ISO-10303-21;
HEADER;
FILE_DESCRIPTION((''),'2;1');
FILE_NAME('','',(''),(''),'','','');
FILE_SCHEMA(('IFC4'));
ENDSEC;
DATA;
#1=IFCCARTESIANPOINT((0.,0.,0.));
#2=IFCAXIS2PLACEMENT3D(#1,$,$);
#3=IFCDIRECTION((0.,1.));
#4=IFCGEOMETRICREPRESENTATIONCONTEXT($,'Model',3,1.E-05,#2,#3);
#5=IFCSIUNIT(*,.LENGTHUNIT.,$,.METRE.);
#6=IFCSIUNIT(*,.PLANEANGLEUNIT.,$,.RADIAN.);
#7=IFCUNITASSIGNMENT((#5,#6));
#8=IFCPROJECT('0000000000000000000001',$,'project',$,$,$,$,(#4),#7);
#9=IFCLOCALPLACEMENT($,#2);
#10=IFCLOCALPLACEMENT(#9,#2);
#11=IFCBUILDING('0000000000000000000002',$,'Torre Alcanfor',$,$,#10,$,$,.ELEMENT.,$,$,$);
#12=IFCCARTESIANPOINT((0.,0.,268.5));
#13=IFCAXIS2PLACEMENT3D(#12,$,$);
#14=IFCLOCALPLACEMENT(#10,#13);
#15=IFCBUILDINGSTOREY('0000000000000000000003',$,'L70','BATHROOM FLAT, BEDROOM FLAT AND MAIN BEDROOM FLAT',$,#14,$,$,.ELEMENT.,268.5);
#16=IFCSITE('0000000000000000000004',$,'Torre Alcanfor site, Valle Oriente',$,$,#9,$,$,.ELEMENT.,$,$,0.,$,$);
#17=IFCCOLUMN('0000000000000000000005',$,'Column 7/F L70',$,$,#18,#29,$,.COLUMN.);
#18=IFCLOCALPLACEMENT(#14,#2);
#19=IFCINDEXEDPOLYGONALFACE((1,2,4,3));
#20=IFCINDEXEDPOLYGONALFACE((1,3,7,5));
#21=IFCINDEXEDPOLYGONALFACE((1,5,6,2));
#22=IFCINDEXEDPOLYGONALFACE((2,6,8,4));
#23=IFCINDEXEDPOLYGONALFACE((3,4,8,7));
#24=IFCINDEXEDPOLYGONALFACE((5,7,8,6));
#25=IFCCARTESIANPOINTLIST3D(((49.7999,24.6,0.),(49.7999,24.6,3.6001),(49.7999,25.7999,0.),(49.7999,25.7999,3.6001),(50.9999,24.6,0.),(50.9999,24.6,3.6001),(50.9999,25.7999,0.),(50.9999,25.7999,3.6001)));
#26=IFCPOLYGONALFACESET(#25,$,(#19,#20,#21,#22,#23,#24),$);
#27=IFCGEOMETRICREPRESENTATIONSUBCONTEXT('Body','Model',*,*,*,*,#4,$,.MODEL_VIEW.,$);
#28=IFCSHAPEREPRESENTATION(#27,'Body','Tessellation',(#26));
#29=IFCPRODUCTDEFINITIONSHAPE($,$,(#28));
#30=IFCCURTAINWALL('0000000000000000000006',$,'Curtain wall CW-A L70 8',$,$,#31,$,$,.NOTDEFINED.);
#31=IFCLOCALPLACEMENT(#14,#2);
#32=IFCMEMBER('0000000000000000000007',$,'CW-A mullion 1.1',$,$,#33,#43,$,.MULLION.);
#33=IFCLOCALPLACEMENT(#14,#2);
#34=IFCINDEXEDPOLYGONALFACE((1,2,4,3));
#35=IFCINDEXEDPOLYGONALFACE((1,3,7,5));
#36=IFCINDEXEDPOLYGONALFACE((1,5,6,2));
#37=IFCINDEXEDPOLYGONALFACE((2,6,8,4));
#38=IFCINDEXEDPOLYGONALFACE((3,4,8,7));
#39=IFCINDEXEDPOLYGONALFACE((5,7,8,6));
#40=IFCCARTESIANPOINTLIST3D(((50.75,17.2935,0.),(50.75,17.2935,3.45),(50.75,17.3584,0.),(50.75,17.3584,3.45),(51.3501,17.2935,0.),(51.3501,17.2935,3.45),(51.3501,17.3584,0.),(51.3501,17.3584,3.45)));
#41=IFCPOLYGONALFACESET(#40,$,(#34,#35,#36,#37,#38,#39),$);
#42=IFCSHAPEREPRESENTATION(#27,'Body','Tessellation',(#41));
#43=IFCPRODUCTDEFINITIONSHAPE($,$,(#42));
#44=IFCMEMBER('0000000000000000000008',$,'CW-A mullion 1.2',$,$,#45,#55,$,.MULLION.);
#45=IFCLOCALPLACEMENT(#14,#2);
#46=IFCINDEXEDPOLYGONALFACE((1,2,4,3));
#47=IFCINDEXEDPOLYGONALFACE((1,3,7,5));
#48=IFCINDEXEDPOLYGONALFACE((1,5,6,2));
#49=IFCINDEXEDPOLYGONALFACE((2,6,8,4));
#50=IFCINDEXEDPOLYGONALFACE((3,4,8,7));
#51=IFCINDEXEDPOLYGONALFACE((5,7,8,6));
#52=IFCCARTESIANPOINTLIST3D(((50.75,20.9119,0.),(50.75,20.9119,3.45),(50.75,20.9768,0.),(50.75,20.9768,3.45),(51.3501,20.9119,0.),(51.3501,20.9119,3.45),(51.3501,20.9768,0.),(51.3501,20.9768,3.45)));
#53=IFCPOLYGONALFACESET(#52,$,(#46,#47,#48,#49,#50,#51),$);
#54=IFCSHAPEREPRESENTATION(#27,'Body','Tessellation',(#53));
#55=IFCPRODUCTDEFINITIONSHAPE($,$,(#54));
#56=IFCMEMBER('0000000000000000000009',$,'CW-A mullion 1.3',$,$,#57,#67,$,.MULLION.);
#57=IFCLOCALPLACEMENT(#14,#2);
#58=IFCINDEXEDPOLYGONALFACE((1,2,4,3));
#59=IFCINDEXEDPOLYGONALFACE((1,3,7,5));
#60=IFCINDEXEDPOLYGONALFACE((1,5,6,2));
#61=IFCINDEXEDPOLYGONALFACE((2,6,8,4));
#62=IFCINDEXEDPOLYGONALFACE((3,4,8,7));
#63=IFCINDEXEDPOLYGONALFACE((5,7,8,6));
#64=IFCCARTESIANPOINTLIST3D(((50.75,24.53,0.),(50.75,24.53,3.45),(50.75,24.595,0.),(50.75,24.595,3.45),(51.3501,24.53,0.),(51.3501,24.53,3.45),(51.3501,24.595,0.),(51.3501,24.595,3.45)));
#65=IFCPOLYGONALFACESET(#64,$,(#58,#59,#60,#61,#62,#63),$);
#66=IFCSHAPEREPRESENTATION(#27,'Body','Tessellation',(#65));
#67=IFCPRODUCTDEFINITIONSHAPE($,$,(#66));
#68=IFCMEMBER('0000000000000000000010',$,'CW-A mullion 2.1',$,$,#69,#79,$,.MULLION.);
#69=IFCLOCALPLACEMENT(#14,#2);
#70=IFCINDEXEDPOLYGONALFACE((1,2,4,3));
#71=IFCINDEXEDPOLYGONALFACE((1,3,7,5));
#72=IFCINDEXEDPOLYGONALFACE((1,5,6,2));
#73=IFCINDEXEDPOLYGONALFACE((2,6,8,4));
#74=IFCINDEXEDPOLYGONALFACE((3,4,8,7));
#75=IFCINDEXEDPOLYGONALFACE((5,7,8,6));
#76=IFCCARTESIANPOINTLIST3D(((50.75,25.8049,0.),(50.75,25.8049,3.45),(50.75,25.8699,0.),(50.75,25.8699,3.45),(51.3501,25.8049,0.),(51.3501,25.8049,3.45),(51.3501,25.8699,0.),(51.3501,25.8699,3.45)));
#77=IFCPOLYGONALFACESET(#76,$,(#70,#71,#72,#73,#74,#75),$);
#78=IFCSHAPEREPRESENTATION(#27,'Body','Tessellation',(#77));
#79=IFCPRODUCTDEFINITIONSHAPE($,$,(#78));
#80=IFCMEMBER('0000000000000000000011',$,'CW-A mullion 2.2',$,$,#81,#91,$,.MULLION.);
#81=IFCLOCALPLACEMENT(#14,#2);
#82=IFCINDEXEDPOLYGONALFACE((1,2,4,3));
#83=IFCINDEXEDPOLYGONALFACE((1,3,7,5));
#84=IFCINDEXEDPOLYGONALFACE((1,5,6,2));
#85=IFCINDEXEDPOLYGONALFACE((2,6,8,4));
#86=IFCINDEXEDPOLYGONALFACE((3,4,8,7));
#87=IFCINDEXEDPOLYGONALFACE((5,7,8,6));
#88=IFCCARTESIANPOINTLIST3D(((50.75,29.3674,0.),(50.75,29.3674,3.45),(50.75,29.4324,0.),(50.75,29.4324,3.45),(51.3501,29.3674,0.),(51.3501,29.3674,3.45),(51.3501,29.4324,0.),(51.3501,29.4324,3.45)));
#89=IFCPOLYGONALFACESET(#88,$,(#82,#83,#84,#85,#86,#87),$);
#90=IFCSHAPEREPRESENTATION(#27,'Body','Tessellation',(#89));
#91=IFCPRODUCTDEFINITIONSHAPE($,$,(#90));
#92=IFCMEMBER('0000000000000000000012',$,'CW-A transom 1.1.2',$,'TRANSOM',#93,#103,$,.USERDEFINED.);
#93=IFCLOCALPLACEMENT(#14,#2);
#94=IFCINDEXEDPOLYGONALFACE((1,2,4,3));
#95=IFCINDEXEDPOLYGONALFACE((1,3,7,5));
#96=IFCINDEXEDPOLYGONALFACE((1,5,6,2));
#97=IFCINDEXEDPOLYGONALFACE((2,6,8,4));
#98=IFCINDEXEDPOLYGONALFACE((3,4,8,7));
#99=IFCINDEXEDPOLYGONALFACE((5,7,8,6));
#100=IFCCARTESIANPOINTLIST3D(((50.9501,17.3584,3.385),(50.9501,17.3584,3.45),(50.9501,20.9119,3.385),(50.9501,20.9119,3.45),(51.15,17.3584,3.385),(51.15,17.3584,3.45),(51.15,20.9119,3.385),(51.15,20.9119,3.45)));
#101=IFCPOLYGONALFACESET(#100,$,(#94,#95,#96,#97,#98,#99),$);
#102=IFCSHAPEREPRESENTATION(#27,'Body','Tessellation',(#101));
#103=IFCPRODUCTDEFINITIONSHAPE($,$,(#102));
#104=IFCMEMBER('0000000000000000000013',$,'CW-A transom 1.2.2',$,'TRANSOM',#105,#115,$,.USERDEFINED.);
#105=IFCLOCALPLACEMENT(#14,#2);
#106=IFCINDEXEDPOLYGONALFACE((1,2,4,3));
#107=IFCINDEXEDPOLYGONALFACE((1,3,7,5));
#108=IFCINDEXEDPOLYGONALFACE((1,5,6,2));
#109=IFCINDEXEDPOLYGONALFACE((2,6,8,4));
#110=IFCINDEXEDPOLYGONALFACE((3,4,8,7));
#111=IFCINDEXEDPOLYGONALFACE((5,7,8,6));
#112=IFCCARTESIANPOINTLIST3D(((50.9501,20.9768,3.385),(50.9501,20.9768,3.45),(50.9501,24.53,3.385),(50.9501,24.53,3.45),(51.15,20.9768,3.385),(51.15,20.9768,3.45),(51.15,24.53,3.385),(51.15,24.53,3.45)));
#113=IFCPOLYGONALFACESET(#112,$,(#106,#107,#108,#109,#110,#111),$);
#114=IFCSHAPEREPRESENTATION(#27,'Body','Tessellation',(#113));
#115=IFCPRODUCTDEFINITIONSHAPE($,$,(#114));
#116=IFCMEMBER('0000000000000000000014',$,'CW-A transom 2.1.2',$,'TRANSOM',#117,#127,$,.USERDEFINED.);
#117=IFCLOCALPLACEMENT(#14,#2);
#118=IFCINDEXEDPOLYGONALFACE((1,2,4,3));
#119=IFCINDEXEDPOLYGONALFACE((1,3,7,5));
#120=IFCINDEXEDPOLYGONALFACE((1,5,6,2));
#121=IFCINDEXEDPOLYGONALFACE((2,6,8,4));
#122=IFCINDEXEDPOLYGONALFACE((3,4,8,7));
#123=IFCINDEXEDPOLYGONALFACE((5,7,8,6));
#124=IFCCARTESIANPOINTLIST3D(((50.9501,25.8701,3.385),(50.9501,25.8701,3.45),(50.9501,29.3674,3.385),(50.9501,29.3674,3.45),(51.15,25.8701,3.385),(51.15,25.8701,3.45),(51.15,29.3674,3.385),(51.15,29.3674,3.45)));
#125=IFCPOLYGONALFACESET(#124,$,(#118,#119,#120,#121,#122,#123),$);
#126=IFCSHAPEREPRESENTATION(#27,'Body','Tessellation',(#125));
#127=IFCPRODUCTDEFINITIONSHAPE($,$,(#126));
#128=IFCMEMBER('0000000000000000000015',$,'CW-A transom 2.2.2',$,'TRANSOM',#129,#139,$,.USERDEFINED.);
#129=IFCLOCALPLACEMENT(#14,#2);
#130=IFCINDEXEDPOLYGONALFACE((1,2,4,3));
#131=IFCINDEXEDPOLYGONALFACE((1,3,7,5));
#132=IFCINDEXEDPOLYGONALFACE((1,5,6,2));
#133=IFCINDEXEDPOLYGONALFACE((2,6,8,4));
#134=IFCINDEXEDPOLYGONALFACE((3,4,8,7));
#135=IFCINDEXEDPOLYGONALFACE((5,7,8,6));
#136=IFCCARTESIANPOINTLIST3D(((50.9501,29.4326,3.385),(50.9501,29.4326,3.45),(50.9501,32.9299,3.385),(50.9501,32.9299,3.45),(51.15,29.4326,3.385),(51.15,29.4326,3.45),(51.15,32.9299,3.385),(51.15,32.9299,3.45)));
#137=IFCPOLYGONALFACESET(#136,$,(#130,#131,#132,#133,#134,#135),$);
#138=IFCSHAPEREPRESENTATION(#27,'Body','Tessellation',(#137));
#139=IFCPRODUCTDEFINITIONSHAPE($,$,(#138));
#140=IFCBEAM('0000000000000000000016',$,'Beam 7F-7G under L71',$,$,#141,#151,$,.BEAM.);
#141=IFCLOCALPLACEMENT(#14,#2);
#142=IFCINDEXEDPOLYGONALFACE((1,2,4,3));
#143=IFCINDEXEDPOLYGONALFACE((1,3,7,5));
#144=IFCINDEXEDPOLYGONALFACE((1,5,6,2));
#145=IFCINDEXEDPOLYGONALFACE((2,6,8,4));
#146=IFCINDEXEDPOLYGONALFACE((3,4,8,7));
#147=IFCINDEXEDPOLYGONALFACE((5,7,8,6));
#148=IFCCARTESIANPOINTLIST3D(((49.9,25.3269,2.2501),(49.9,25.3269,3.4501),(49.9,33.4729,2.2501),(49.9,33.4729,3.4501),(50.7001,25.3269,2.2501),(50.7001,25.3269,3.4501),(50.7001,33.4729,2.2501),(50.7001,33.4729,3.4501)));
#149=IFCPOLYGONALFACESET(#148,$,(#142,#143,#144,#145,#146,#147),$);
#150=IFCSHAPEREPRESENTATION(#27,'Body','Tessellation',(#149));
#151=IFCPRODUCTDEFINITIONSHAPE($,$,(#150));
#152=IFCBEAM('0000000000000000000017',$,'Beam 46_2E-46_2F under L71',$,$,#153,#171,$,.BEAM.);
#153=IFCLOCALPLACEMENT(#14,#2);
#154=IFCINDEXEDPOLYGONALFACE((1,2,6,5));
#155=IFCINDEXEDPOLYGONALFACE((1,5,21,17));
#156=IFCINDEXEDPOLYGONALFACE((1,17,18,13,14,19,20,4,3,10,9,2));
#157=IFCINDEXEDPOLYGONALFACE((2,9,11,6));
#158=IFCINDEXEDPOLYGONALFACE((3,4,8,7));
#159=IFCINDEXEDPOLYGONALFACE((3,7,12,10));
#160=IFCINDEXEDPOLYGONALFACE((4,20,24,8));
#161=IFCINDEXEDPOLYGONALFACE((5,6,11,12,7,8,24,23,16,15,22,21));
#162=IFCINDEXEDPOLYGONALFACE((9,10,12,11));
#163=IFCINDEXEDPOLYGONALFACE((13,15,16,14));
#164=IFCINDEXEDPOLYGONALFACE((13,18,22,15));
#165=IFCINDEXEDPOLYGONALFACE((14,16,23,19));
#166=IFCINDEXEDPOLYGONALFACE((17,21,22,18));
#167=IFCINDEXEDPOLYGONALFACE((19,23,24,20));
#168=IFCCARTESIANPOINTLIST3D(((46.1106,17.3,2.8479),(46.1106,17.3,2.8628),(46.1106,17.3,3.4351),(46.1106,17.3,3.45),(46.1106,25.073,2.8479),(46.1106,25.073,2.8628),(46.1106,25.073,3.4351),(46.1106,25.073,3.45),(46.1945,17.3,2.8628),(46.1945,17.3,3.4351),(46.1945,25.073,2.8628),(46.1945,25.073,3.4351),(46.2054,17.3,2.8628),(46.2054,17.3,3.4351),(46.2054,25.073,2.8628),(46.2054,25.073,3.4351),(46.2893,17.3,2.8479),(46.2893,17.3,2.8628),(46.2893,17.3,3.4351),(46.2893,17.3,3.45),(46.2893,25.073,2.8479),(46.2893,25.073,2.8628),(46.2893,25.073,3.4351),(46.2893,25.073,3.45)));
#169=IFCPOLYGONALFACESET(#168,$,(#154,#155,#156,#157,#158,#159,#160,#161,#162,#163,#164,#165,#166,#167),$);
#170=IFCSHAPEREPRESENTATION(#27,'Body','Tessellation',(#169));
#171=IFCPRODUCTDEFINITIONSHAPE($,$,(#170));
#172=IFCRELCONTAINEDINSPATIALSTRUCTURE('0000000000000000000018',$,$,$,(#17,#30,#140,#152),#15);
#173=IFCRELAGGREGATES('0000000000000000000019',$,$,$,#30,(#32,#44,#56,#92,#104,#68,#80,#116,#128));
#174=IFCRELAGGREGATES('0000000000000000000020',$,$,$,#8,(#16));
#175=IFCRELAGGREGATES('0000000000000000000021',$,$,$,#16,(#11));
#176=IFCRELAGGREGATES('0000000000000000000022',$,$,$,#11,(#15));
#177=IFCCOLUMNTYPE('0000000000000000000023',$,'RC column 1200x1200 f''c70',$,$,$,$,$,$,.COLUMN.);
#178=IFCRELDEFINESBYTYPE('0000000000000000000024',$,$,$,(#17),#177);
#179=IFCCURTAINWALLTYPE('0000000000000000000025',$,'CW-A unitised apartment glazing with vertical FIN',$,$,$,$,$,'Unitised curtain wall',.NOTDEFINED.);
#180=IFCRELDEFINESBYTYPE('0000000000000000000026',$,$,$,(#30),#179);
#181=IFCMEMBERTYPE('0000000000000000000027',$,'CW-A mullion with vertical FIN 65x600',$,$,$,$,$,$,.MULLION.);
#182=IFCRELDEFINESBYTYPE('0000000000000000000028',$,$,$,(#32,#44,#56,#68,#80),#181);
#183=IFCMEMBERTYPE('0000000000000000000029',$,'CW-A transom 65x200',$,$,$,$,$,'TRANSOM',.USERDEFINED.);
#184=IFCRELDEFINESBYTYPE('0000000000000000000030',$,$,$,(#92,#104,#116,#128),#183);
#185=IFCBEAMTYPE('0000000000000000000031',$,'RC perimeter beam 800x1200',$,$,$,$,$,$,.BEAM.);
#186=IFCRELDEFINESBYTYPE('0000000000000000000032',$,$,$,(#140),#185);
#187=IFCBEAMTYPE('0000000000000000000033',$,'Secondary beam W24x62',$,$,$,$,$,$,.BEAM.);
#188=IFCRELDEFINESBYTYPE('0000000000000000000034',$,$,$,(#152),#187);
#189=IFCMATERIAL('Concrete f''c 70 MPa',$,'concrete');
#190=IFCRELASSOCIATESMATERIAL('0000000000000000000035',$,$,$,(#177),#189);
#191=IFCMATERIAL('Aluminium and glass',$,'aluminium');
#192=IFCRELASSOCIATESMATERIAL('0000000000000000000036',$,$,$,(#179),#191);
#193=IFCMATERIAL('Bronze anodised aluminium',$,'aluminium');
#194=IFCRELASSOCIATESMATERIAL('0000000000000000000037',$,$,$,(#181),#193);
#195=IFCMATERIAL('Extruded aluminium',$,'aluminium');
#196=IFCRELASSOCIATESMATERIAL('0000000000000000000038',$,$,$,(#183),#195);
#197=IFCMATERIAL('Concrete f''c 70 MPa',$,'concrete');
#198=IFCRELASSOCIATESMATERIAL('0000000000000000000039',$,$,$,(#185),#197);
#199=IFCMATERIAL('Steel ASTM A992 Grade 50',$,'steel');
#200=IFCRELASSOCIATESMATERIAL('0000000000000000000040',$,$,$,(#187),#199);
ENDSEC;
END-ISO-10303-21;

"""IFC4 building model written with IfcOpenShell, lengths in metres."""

from ifc_helpers import new_model, si_unit, direction, frame, origin, origin_2d, place, context, subcontext, project, spatial, rectangle, i_section, extrude, material, material_profile, profile_set, type_object, element, aggregate, save


model = new_model("IFC4")

# Units and contexts
model_context = context("Model", 3, precision=1e-05, world=origin(), true_north=direction((0.0, 1.0)))
body_context = subcontext(model_context, "Body", "Model", "MODEL_VIEW")
ifc_project = project(units=[si_unit("LENGTHUNIT", "METRE"), si_unit("PLANEANGLEUNIT", "RADIAN")], contexts=[model_context])

# Site, building, storey
site_placement = place(None, origin())
site = spatial("IfcSite", under=ifc_project, at=site_placement, Name="Torre Alcanfor site, Valle Oriente", CompositionType="ELEMENT", RefElevation=0.0)
building_placement = place(site_placement, origin())
building = spatial("IfcBuilding", under=site, at=building_placement, Name="Torre Alcanfor", CompositionType="ELEMENT")
storey_placement = place(building_placement, frame((0.0, 0.0, 268.5)))
storey = spatial("IfcBuildingStorey", under=building, at=storey_placement, Name="L70", Description="BATHROOM FLAT, BEDROOM FLAT AND MAIN BEDROOM FLAT", CompositionType="ELEMENT", Elevation=268.5)

# Column
ifc_material_1 = material(Name="Concrete f'c 70 MPa", Category="concrete")
ifc_material_profile_1 = material_profile(ifc_material_1, rectangle(XDim=1.2, YDim=1.2, at=origin_2d()), Name="1200x1200")
ifc_profile_set_1 = profile_set([ifc_material_profile_1], Name="Concrete f'c 70 MPa")
column_type = type_object("IfcColumnType", Name="RC column 1200x1200 f'c70", PredefinedType="COLUMN", material=ifc_profile_set_1)
column_placement = place(storey_placement, frame((50.3999, 25.2, 0.0), z_axis=(0.0, 0.0, 1.0), x_axis=(1.0, 0.0, 0.0)))
element("IfcColumn", 1, at=column_placement, inside=storey, type_object=column_type, Name="Column 7/F L70", PredefinedType="COLUMN", context=body_context, shape_type="SweptSolid", body=[
    extrude(rectangle(XDim=1.2, YDim=1.2, at=origin_2d()), origin(), (0.0, 0.0, 1.0), 3.6001),
])

# Curtain wall, members
ifc_material_2 = material(Name="Aluminium and glass", Category="aluminium")
curtain_wall_type = type_object("IfcCurtainWallType", Name="CW-A unitised apartment glazing with vertical FIN", ElementType="Unitised curtain wall", PredefinedType="NOTDEFINED", material=ifc_material_2)
curtain_wall_placement = place(storey_placement, origin())
curtain_wall = element("IfcCurtainWall", 2, at=curtain_wall_placement, inside=storey, type_object=curtain_wall_type, Name="Curtain wall CW-A L70 8", PredefinedType="NOTDEFINED")
ifc_material_3 = material(Name="Bronze anodised aluminium", Category="aluminium")
ifc_material_profile_2 = material_profile(ifc_material_3, rectangle(XDim=0.6001, YDim=0.0649, at=origin_2d()), Name="CW-A mullion 65x600")
ifc_profile_set_2 = profile_set([ifc_material_profile_2], Name="Bronze anodised aluminium")
member_type_1 = type_object("IfcMemberType", Name="CW-A mullion with vertical FIN 65x600", PredefinedType="MULLION", material=ifc_profile_set_2)
member_1_placement = place(storey_placement, frame((51.05, 17.3259, 0.0), z_axis=(0.0, 0.0, 1.0), x_axis=(-1.0, 0.0, 0.0)))
member_1 = element("IfcMember", 3, at=member_1_placement, type_object=member_type_1, Name="CW-A mullion 1.1", PredefinedType="MULLION", context=body_context, shape_type="SweptSolid", body=[
    extrude(rectangle(XDim=0.6001, YDim=0.0649, at=origin_2d()), origin(), (0.0, 0.0, 1.0), 3.45),
])
member_2_placement = place(storey_placement, frame((51.05, 20.9443, 0.0), z_axis=(0.0, 0.0, 1.0), x_axis=(-1.0, 0.0, 0.0)))
member_2 = element("IfcMember", 4, at=member_2_placement, type_object=member_type_1, Name="CW-A mullion 1.2", PredefinedType="MULLION", context=body_context, shape_type="SweptSolid", body=[
    extrude(rectangle(XDim=0.6001, YDim=0.0649, at=origin_2d()), origin(), (0.0, 0.0, 1.0), 3.45),
])
member_3_placement = place(storey_placement, frame((51.05, 24.5625, 0.0), z_axis=(0.0, 0.0, 1.0), x_axis=(-1.0, 0.0, 0.0)))
member_3 = element("IfcMember", 5, at=member_3_placement, type_object=member_type_1, Name="CW-A mullion 1.3", PredefinedType="MULLION", context=body_context, shape_type="SweptSolid", body=[
    extrude(rectangle(XDim=0.6001, YDim=0.0649, at=origin_2d()), origin(), (0.0, 0.0, 1.0), 3.45),
])
member_4_placement = place(storey_placement, frame((51.05, 25.8374, 0.0), z_axis=(0.0, 0.0, 1.0), x_axis=(-1.0, 0.0, 0.0)))
member_4 = element("IfcMember", 6, at=member_4_placement, type_object=member_type_1, Name="CW-A mullion 2.1", PredefinedType="MULLION", context=body_context, shape_type="SweptSolid", body=[
    extrude(rectangle(XDim=0.6001, YDim=0.0649, at=origin_2d()), origin(), (0.0, 0.0, 1.0), 3.45),
])
member_5_placement = place(storey_placement, frame((51.05, 29.3999, 0.0), z_axis=(0.0, 0.0, 1.0), x_axis=(-1.0, 0.0, 0.0)))
member_5 = element("IfcMember", 7, at=member_5_placement, type_object=member_type_1, Name="CW-A mullion 2.2", PredefinedType="MULLION", context=body_context, shape_type="SweptSolid", body=[
    extrude(rectangle(XDim=0.6001, YDim=0.0649, at=origin_2d()), origin(), (0.0, 0.0, 1.0), 3.45),
])
ifc_material_4 = material(Name="Extruded aluminium", Category="aluminium")
ifc_material_profile_3 = material_profile(ifc_material_4, rectangle(XDim=0.2, YDim=0.0649, at=origin_2d()), Name="CW-A transom 200x65")
ifc_profile_set_3 = profile_set([ifc_material_profile_3], Name="Extruded aluminium")
member_type_2 = type_object("IfcMemberType", Name="CW-A transom 65x200", ElementType="TRANSOM", PredefinedType="USERDEFINED", material=ifc_profile_set_3)
member_6_placement = place(storey_placement, frame((51.05, 17.3584, 3.4175), z_axis=(0.0, 1.0, 0.0), x_axis=(-1.0, 0.0, 0.0)))
member_6 = element("IfcMember", 8, at=member_6_placement, type_object=member_type_2, Name="CW-A transom 1.1.2", ObjectType="TRANSOM", PredefinedType="USERDEFINED", context=body_context, shape_type="SweptSolid", body=[
    extrude(rectangle(XDim=0.2, YDim=0.0649, at=origin_2d()), origin(), (0.0, 0.0, 1.0), 3.5535),
])
member_7_placement = place(storey_placement, frame((51.05, 20.9768, 3.4175), z_axis=(0.0, 1.0, 0.0), x_axis=(-1.0, 0.0, 0.0)))
member_7 = element("IfcMember", 9, at=member_7_placement, type_object=member_type_2, Name="CW-A transom 1.2.2", ObjectType="TRANSOM", PredefinedType="USERDEFINED", context=body_context, shape_type="SweptSolid", body=[
    extrude(rectangle(XDim=0.2, YDim=0.0649, at=origin_2d()), origin(), (0.0, 0.0, 1.0), 3.5532),
])
member_8_placement = place(storey_placement, frame((51.05, 25.8701, 3.4175), z_axis=(0.0, 1.0, 0.0), x_axis=(-1.0, 0.0, 0.0)))
member_8 = element("IfcMember", 10, at=member_8_placement, type_object=member_type_2, Name="CW-A transom 2.1.2", ObjectType="TRANSOM", PredefinedType="USERDEFINED", context=body_context, shape_type="SweptSolid", body=[
    extrude(rectangle(XDim=0.2, YDim=0.0649, at=origin_2d()), origin(), (0.0, 0.0, 1.0), 3.4973),
])
member_9_placement = place(storey_placement, frame((51.05, 29.4326, 3.4175), z_axis=(0.0, 1.0, 0.0), x_axis=(-1.0, 0.0, 0.0)))
member_9 = element("IfcMember", 11, at=member_9_placement, type_object=member_type_2, Name="CW-A transom 2.2.2", ObjectType="TRANSOM", PredefinedType="USERDEFINED", context=body_context, shape_type="SweptSolid", body=[
    extrude(rectangle(XDim=0.2, YDim=0.0649, at=origin_2d()), origin(), (0.0, 0.0, 1.0), 3.4973),
])

# Beams
ifc_material_5 = material(Name="Concrete f'c 70 MPa", Category="concrete")
ifc_material_profile_4 = material_profile(ifc_material_5, rectangle(XDim=0.8, YDim=1.2, at=origin_2d()), Name="800x1200")
ifc_profile_set_4 = profile_set([ifc_material_profile_4], Name="Concrete f'c 70 MPa")
beam_type_1 = type_object("IfcBeamType", Name="RC perimeter beam 800x1200", PredefinedType="BEAM", material=ifc_profile_set_4)
beam_1_placement = place(storey_placement, frame((50.3, 25.3269, 2.8501), z_axis=(0.0, 1.0, 0.0), x_axis=(-1.0, 0.0, 0.0)))
element("IfcBeam", 12, at=beam_1_placement, inside=storey, type_object=beam_type_1, Name="Beam 7F-7G under L71", PredefinedType="BEAM", context=body_context, shape_type="SweptSolid", body=[
    extrude(rectangle(XDim=0.8, YDim=1.2, at=origin_2d()), origin(), (0.0, 0.0, 1.0), 8.146),
])
ifc_material_6 = material(Name="Steel ASTM A992 Grade 50", Category="steel")
ifc_material_profile_5 = material_profile(ifc_material_6, i_section(OverallWidth=0.1787, OverallDepth=0.6021, WebThickness=0.011, FlangeThickness=0.0149, at=origin_2d()), Name="W24x62")
ifc_profile_set_5 = profile_set([ifc_material_profile_5], Name="Steel ASTM A992 Grade 50")
beam_type_2 = type_object("IfcBeamType", Name="Secondary beam W24x62", PredefinedType="BEAM", material=ifc_profile_set_5)
beam_2_placement = place(storey_placement, frame((46.2, 17.3, 3.1489), z_axis=(0.0, 1.0, 0.0), x_axis=(-1.0, 0.0, 0.0)))
element("IfcBeam", 13, at=beam_2_placement, inside=storey, type_object=beam_type_2, Name="Beam 46_2E-46_2F under L71", PredefinedType="BEAM", context=body_context, shape_type="SweptSolid", body=[
    extrude(i_section(OverallWidth=0.1787, OverallDepth=0.6021, WebThickness=0.011, FlangeThickness=0.0149, at=origin_2d()), origin(), (0.0, 0.0, 1.0), 7.7729),
])

aggregate(curtain_wall, [member_1, member_2, member_3, member_6, member_7, member_4, member_5, member_8, member_9])

save(model, "model.ifc")
